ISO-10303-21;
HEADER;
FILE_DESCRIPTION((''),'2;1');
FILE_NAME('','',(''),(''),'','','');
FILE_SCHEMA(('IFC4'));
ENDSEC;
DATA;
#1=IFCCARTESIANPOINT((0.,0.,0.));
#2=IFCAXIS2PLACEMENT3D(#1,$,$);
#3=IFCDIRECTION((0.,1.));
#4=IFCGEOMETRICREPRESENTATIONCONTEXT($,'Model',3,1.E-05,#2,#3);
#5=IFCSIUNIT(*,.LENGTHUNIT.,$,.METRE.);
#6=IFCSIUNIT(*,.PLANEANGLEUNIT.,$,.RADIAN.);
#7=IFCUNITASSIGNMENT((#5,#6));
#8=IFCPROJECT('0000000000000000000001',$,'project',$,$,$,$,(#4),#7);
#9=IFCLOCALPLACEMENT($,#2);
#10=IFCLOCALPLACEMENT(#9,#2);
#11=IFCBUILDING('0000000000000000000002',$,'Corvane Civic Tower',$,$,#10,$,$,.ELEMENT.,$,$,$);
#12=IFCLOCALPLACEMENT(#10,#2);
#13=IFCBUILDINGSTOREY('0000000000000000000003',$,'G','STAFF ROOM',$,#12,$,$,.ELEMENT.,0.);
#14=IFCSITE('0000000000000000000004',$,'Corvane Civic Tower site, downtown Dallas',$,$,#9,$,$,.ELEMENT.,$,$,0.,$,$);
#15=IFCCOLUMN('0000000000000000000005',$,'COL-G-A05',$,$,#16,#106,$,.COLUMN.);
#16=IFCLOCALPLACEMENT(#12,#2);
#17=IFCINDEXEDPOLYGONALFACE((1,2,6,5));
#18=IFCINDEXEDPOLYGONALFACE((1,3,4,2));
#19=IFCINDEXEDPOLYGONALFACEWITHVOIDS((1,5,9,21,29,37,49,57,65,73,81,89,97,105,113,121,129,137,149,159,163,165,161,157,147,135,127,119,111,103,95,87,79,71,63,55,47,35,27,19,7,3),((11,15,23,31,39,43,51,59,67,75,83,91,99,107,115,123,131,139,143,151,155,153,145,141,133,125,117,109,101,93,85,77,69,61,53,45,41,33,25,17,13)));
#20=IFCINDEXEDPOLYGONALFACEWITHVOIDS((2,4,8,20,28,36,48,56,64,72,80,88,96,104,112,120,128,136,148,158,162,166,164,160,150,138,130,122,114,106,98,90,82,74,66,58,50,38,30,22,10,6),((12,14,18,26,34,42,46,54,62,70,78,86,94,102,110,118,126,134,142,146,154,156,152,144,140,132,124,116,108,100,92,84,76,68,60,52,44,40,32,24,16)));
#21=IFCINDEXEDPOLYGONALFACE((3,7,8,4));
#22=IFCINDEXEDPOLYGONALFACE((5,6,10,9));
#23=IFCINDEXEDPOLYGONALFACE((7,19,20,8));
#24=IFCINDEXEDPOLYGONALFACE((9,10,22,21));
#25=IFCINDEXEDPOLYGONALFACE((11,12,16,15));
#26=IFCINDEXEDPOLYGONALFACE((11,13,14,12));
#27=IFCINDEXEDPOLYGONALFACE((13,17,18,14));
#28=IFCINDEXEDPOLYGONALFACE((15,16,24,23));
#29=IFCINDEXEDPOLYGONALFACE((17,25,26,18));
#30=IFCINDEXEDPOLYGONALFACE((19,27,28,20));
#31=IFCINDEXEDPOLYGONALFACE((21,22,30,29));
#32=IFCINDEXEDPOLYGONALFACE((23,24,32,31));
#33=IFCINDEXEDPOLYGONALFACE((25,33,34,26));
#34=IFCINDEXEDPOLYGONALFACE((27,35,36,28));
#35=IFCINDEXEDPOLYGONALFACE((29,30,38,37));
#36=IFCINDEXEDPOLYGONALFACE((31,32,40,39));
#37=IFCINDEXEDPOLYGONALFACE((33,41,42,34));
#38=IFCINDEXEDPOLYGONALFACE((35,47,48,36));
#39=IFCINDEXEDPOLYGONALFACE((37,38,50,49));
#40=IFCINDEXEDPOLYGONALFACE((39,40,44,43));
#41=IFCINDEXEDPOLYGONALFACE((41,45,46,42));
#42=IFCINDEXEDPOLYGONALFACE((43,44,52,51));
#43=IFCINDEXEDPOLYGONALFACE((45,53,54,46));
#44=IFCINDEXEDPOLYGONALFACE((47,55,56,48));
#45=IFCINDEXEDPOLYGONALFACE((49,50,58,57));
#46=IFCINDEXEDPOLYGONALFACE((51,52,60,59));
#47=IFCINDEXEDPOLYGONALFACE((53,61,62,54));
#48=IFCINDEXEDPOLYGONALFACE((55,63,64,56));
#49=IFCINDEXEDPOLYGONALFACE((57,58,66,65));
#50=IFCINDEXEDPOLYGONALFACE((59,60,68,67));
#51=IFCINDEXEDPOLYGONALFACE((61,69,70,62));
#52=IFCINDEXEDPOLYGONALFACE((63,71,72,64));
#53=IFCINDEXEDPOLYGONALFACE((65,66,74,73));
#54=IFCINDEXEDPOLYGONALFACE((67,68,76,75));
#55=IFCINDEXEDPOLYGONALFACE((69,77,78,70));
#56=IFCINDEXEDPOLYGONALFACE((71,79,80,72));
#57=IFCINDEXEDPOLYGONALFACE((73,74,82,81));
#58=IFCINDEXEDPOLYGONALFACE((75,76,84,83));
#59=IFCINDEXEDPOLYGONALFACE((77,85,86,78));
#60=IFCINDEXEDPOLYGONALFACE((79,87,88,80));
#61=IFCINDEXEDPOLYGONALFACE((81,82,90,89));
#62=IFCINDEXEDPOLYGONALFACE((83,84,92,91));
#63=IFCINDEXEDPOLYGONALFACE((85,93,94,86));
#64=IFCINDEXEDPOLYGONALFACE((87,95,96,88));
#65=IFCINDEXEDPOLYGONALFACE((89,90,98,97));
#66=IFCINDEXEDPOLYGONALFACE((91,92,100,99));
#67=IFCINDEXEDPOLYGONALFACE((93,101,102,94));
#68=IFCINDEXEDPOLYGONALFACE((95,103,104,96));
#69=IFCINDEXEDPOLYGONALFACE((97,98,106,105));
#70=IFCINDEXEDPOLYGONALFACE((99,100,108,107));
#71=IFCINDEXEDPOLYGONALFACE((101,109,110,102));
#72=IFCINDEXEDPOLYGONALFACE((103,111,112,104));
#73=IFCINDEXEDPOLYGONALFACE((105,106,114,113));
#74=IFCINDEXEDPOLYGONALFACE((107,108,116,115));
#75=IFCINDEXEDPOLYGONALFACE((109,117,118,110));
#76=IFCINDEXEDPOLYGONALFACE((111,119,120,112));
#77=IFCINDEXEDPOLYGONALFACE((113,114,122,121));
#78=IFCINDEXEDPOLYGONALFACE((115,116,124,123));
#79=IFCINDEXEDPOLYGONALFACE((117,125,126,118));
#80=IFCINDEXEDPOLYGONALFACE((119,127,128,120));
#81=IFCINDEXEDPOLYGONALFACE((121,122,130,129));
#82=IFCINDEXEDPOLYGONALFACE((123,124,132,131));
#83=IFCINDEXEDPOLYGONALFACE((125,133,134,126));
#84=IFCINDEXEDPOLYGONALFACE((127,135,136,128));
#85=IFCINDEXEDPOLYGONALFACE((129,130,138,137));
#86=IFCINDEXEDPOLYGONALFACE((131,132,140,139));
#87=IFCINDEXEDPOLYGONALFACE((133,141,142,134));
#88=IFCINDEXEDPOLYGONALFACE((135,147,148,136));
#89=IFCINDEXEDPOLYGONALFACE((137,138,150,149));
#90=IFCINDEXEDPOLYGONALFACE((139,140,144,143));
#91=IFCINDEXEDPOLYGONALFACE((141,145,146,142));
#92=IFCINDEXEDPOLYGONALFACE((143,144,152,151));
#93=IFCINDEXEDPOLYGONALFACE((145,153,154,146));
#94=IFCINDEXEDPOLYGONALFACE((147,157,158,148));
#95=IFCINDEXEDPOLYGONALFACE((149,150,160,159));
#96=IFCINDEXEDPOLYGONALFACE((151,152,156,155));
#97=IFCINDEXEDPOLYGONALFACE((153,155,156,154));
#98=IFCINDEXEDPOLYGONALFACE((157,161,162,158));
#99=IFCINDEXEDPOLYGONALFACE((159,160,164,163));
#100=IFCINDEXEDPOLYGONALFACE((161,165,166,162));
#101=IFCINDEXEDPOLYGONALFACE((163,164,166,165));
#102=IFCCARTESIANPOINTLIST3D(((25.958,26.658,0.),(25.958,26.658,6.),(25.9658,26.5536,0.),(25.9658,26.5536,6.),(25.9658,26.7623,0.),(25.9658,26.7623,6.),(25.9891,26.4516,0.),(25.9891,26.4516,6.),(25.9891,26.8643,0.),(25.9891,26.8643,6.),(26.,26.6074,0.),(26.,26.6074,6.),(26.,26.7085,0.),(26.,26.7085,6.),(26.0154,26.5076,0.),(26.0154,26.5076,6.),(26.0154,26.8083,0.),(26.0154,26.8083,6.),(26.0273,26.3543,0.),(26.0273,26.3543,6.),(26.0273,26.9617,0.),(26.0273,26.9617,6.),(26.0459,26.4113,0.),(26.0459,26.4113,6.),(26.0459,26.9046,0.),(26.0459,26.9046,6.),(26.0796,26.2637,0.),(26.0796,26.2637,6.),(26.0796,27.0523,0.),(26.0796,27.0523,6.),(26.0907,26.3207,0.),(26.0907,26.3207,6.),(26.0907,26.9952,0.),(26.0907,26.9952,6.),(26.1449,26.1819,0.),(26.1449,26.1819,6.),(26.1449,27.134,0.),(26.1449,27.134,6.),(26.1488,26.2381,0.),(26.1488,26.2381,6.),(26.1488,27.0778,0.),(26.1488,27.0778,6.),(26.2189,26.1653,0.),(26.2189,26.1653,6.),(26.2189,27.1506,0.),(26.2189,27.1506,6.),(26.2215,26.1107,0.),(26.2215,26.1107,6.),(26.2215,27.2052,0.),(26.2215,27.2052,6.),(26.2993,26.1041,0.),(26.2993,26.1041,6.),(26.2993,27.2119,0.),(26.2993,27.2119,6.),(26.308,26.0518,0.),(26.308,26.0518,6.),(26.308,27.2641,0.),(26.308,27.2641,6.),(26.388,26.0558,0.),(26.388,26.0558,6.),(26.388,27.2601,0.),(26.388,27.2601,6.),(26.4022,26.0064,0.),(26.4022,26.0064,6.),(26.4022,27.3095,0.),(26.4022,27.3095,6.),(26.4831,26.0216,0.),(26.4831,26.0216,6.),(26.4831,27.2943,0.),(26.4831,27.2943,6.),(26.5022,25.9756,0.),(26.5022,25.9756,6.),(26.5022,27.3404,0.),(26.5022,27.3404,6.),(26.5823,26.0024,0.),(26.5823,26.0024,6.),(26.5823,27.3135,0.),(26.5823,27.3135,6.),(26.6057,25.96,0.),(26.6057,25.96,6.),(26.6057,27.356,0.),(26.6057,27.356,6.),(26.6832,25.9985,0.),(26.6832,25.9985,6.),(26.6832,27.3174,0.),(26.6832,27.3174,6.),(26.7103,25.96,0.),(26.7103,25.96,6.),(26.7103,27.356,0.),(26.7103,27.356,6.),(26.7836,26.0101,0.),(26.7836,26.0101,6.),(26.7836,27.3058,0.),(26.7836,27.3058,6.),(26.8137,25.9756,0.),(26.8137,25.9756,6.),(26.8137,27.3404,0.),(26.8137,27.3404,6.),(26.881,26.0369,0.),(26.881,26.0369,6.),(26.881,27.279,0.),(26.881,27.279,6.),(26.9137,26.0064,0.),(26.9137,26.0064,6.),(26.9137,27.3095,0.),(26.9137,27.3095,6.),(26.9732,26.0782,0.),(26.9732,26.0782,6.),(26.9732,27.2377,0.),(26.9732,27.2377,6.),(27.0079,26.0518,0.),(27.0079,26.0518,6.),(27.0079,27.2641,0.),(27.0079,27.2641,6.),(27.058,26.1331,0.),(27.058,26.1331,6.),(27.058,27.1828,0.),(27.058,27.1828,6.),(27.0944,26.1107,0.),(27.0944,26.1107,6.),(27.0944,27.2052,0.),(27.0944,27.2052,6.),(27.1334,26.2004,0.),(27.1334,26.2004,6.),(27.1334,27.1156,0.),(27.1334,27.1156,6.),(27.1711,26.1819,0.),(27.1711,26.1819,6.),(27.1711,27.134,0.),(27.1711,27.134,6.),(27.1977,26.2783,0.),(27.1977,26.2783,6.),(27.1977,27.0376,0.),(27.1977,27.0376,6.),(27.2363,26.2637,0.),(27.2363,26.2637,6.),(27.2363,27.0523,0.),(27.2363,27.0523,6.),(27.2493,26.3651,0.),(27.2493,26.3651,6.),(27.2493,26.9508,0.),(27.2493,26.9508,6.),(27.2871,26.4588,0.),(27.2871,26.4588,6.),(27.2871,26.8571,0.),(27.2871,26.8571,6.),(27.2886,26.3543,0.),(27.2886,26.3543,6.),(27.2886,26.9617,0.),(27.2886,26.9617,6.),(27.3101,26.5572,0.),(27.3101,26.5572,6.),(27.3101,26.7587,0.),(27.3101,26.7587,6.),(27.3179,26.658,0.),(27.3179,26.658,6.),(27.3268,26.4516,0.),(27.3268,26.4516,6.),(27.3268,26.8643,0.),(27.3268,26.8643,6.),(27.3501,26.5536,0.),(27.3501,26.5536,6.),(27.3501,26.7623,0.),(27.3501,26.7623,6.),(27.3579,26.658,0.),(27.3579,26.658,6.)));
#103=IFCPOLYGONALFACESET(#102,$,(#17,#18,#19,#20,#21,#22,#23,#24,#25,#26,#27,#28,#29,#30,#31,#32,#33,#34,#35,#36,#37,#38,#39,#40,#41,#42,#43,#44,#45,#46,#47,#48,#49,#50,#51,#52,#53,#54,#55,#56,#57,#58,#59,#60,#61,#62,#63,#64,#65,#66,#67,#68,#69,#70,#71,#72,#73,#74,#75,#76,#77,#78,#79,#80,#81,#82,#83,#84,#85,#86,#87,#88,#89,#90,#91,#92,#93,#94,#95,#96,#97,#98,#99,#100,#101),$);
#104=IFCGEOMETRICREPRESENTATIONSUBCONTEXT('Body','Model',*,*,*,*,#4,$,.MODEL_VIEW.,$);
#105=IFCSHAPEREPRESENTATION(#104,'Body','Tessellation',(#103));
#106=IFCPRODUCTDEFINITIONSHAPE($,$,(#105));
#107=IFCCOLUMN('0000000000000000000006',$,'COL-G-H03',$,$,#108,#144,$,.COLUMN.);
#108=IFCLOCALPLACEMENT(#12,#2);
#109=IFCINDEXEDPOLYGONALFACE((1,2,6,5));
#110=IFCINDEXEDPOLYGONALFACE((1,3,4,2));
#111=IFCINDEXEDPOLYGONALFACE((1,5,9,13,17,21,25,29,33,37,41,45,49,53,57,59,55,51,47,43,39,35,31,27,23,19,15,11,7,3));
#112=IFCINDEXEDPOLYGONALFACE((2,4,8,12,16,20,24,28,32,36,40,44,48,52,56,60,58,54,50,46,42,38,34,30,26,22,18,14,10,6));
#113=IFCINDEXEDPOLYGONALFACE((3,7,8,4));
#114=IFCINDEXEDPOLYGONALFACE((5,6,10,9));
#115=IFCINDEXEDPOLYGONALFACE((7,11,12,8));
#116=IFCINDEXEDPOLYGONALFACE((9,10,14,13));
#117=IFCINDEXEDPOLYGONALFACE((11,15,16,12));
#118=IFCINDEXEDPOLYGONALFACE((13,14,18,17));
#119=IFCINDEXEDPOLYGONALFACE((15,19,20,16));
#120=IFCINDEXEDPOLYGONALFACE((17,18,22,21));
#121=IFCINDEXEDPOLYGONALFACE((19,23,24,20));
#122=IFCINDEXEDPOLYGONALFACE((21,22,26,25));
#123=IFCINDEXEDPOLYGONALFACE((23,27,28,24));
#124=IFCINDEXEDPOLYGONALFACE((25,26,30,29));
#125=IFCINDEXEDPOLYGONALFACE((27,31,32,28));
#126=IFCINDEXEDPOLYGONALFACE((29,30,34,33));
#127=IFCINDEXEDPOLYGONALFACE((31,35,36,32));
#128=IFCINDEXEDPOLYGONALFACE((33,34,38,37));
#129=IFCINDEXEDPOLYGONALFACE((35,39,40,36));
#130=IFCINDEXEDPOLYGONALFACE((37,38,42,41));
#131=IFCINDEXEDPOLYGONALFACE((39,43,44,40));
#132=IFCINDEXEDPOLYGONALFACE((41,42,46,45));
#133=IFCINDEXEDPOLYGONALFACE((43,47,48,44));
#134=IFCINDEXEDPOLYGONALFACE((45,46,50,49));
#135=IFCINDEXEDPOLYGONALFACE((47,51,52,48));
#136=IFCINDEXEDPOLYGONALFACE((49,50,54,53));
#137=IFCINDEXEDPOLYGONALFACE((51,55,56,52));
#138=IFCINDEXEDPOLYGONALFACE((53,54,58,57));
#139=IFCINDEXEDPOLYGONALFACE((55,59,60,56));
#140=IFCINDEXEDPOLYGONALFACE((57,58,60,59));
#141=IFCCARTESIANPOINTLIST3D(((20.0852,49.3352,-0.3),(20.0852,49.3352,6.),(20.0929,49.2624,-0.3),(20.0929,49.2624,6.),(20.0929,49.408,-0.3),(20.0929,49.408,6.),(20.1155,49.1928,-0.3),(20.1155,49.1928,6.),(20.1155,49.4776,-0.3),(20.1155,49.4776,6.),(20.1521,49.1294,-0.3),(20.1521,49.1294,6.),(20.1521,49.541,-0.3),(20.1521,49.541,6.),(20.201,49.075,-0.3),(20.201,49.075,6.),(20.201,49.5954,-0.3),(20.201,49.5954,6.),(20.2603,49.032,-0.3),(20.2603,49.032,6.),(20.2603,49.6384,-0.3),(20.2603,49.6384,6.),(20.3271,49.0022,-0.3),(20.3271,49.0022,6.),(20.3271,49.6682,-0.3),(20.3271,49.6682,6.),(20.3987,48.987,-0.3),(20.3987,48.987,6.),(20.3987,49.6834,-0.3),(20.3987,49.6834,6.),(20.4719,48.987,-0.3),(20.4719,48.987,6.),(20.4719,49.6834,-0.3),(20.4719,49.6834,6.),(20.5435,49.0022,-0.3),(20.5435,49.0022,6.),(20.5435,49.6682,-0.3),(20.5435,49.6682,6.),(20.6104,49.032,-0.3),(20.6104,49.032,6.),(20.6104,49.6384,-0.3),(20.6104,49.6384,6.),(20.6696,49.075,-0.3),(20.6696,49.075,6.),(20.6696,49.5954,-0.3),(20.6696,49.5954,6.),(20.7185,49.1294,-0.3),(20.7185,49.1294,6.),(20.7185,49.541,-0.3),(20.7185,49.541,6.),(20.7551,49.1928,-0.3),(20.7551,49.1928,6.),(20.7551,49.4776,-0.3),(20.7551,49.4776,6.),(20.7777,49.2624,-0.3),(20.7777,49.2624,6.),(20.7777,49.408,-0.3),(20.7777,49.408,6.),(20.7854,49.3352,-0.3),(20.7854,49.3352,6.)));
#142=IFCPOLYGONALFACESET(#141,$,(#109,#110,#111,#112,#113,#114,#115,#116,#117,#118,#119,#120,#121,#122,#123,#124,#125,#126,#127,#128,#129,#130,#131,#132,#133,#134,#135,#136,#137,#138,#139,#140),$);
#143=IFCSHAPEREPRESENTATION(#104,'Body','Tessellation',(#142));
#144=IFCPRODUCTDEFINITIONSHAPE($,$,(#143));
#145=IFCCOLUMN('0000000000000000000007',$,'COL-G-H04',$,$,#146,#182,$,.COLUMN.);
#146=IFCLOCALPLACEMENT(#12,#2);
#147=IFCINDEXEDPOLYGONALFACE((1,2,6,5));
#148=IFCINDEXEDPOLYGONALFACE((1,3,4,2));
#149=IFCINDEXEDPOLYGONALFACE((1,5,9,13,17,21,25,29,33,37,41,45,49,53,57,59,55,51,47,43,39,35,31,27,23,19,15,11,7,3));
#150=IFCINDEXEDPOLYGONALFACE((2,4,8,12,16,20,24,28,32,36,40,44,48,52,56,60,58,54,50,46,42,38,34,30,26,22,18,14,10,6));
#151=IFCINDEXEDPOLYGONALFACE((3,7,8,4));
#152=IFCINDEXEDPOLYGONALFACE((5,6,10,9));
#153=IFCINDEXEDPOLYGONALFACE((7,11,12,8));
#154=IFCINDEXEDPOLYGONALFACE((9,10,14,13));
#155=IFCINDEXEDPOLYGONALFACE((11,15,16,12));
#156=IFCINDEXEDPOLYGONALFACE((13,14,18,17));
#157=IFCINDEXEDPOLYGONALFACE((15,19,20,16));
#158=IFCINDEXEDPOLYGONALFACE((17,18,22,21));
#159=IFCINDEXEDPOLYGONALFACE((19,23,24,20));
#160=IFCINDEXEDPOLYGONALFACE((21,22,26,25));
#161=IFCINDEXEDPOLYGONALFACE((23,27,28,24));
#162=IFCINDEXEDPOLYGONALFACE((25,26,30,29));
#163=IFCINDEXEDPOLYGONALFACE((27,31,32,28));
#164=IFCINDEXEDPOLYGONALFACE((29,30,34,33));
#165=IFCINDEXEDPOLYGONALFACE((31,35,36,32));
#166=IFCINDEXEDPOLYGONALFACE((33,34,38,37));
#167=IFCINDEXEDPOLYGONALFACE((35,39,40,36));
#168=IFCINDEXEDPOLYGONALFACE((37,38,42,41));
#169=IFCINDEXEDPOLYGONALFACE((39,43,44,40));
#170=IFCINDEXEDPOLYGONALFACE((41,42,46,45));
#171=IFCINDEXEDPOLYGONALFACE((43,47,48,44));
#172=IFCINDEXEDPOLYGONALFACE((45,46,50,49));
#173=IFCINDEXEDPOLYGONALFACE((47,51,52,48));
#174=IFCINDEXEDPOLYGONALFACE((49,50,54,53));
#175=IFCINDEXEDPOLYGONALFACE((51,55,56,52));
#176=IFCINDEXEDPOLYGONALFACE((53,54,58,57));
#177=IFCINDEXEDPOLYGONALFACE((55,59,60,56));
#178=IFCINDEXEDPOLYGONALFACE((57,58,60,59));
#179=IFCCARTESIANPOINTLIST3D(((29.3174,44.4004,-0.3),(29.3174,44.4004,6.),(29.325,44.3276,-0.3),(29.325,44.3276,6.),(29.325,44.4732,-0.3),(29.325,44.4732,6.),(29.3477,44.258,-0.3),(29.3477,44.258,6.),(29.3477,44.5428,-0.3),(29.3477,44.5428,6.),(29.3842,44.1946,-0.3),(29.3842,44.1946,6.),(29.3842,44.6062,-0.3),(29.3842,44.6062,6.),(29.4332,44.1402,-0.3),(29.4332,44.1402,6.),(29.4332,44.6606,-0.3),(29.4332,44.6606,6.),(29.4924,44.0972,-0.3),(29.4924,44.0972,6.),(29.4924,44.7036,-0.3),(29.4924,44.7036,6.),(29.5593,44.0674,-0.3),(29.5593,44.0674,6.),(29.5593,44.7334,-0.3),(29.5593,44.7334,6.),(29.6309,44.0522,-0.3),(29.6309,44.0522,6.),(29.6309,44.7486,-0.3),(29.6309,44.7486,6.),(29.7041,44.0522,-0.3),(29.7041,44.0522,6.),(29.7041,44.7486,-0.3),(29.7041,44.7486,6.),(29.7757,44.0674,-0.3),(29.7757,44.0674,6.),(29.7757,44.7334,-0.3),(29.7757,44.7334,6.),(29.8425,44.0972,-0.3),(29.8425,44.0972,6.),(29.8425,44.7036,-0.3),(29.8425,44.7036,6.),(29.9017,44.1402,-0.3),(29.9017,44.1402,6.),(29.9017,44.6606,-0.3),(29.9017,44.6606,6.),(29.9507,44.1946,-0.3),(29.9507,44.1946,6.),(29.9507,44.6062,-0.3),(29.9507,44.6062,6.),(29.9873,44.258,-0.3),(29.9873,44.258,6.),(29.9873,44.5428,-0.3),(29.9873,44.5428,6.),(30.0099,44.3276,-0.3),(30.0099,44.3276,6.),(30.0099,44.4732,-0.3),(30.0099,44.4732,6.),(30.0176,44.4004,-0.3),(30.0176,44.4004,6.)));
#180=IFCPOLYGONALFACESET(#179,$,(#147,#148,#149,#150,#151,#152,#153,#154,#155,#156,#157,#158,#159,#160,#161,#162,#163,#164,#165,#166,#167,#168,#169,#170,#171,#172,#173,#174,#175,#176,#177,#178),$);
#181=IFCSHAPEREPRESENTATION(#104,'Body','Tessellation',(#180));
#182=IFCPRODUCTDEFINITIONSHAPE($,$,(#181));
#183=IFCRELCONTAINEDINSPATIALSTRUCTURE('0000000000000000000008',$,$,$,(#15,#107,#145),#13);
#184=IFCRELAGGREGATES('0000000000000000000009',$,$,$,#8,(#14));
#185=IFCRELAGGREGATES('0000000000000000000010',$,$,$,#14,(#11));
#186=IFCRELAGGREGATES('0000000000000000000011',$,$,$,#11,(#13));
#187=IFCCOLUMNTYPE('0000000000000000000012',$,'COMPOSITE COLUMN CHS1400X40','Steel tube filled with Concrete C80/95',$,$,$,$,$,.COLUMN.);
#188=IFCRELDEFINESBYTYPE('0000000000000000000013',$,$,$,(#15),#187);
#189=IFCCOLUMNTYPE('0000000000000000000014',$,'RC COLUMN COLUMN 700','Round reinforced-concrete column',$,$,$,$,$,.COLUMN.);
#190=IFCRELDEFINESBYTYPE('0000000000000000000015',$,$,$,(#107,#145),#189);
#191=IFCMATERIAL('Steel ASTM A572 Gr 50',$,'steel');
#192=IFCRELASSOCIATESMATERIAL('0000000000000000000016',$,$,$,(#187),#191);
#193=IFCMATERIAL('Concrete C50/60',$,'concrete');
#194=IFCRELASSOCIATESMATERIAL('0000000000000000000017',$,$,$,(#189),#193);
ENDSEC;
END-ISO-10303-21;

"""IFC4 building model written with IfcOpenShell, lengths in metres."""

from ifc_helpers import new_model, si_unit, direction, frame, origin, origin_2d, place, context, subcontext, project, spatial, circle, hollow_circle, extrude, material, material_profile, profile_set, type_object, element, save


model = new_model("IFC4")

# Units and contexts
model_context = context("Model", 3, precision=1e-05, world=origin(), true_north=direction((0.0, 1.0)))
body_context = subcontext(model_context, "Body", "Model", "MODEL_VIEW")
ifc_project = project(units=[si_unit("LENGTHUNIT", "METRE"), si_unit("PLANEANGLEUNIT", "RADIAN")], contexts=[model_context])

# Site, building, storey
site_placement = place(None, origin())
site = spatial("IfcSite", under=ifc_project, at=site_placement, Name="Corvane Civic Tower site, downtown Dallas", CompositionType="ELEMENT", RefElevation=0.0)
building_placement = place(site_placement, origin())
building = spatial("IfcBuilding", under=site, at=building_placement, Name="Corvane Civic Tower", CompositionType="ELEMENT")
storey_placement = place(building_placement, origin())
storey = spatial("IfcBuildingStorey", under=building, at=storey_placement, Name="G", Description="STAFF ROOM", CompositionType="ELEMENT", Elevation=0.0)

# Columns
ifc_material_1 = material(Name="Steel ASTM A572 Gr 50", Category="steel")
ifc_material_profile_1 = material_profile(ifc_material_1, hollow_circle(Radius=0.7, WallThickness=0.04, at=origin_2d()), Name="CHS1400X40")
ifc_profile_set_1 = profile_set([ifc_material_profile_1], Name="Steel ASTM A572 Gr 50")
column_type_1 = type_object("IfcColumnType", Name="COMPOSITE COLUMN CHS1400X40", Description="Steel tube filled with Concrete C80/95", PredefinedType="COLUMN", material=ifc_profile_set_1)
for number, where, z_axis, x_axis, name in (
    (1, (26.658, 26.658, 0.0), (0.0, 0.0, 1.0), (1.0, 0.0, 0.0), "COL-G-A05"),
):
    element("IfcColumn", number, at=place(storey_placement, frame(where, z_axis=z_axis, x_axis=x_axis)), inside=storey, type_object=column_type_1, Name=name, PredefinedType="COLUMN", context=body_context, shape_type="SweptSolid", body=[
        extrude(hollow_circle(Radius=0.7, WallThickness=0.04, at=origin_2d()), origin(), (0.0, 0.0, 1.0), 6.0),
    ])
ifc_material_2 = material(Name="Concrete C50/60", Category="concrete")
ifc_material_profile_2 = material_profile(ifc_material_2, circle(Radius=0.3501, at=origin_2d()), Name="COLUMN 700")
ifc_profile_set_2 = profile_set([ifc_material_profile_2], Name="Concrete C50/60")
column_type_2 = type_object("IfcColumnType", Name="RC COLUMN COLUMN 700", Description="Round reinforced-concrete column", PredefinedType="COLUMN", material=ifc_profile_set_2)
for number, where, z_axis, x_axis, name in (
    (2, (20.4353, 49.3352, -0.3), (0.0, 0.0, 1.0), (1.0, 0.0, 0.0), "COL-G-H03"),
    (3, (29.6675, 44.4004, -0.3), (0.0, 0.0, 1.0), (1.0, 0.0, 0.0), "COL-G-H04"),
):
    element("IfcColumn", number, at=place(storey_placement, frame(where, z_axis=z_axis, x_axis=x_axis)), inside=storey, type_object=column_type_2, Name=name, PredefinedType="COLUMN", context=body_context, shape_type="SweptSolid", body=[
        extrude(circle(Radius=0.3501, at=origin_2d()), origin(), (0.0, 0.0, 1.0), 6.3),
    ])

save(model, "model.ifc")
